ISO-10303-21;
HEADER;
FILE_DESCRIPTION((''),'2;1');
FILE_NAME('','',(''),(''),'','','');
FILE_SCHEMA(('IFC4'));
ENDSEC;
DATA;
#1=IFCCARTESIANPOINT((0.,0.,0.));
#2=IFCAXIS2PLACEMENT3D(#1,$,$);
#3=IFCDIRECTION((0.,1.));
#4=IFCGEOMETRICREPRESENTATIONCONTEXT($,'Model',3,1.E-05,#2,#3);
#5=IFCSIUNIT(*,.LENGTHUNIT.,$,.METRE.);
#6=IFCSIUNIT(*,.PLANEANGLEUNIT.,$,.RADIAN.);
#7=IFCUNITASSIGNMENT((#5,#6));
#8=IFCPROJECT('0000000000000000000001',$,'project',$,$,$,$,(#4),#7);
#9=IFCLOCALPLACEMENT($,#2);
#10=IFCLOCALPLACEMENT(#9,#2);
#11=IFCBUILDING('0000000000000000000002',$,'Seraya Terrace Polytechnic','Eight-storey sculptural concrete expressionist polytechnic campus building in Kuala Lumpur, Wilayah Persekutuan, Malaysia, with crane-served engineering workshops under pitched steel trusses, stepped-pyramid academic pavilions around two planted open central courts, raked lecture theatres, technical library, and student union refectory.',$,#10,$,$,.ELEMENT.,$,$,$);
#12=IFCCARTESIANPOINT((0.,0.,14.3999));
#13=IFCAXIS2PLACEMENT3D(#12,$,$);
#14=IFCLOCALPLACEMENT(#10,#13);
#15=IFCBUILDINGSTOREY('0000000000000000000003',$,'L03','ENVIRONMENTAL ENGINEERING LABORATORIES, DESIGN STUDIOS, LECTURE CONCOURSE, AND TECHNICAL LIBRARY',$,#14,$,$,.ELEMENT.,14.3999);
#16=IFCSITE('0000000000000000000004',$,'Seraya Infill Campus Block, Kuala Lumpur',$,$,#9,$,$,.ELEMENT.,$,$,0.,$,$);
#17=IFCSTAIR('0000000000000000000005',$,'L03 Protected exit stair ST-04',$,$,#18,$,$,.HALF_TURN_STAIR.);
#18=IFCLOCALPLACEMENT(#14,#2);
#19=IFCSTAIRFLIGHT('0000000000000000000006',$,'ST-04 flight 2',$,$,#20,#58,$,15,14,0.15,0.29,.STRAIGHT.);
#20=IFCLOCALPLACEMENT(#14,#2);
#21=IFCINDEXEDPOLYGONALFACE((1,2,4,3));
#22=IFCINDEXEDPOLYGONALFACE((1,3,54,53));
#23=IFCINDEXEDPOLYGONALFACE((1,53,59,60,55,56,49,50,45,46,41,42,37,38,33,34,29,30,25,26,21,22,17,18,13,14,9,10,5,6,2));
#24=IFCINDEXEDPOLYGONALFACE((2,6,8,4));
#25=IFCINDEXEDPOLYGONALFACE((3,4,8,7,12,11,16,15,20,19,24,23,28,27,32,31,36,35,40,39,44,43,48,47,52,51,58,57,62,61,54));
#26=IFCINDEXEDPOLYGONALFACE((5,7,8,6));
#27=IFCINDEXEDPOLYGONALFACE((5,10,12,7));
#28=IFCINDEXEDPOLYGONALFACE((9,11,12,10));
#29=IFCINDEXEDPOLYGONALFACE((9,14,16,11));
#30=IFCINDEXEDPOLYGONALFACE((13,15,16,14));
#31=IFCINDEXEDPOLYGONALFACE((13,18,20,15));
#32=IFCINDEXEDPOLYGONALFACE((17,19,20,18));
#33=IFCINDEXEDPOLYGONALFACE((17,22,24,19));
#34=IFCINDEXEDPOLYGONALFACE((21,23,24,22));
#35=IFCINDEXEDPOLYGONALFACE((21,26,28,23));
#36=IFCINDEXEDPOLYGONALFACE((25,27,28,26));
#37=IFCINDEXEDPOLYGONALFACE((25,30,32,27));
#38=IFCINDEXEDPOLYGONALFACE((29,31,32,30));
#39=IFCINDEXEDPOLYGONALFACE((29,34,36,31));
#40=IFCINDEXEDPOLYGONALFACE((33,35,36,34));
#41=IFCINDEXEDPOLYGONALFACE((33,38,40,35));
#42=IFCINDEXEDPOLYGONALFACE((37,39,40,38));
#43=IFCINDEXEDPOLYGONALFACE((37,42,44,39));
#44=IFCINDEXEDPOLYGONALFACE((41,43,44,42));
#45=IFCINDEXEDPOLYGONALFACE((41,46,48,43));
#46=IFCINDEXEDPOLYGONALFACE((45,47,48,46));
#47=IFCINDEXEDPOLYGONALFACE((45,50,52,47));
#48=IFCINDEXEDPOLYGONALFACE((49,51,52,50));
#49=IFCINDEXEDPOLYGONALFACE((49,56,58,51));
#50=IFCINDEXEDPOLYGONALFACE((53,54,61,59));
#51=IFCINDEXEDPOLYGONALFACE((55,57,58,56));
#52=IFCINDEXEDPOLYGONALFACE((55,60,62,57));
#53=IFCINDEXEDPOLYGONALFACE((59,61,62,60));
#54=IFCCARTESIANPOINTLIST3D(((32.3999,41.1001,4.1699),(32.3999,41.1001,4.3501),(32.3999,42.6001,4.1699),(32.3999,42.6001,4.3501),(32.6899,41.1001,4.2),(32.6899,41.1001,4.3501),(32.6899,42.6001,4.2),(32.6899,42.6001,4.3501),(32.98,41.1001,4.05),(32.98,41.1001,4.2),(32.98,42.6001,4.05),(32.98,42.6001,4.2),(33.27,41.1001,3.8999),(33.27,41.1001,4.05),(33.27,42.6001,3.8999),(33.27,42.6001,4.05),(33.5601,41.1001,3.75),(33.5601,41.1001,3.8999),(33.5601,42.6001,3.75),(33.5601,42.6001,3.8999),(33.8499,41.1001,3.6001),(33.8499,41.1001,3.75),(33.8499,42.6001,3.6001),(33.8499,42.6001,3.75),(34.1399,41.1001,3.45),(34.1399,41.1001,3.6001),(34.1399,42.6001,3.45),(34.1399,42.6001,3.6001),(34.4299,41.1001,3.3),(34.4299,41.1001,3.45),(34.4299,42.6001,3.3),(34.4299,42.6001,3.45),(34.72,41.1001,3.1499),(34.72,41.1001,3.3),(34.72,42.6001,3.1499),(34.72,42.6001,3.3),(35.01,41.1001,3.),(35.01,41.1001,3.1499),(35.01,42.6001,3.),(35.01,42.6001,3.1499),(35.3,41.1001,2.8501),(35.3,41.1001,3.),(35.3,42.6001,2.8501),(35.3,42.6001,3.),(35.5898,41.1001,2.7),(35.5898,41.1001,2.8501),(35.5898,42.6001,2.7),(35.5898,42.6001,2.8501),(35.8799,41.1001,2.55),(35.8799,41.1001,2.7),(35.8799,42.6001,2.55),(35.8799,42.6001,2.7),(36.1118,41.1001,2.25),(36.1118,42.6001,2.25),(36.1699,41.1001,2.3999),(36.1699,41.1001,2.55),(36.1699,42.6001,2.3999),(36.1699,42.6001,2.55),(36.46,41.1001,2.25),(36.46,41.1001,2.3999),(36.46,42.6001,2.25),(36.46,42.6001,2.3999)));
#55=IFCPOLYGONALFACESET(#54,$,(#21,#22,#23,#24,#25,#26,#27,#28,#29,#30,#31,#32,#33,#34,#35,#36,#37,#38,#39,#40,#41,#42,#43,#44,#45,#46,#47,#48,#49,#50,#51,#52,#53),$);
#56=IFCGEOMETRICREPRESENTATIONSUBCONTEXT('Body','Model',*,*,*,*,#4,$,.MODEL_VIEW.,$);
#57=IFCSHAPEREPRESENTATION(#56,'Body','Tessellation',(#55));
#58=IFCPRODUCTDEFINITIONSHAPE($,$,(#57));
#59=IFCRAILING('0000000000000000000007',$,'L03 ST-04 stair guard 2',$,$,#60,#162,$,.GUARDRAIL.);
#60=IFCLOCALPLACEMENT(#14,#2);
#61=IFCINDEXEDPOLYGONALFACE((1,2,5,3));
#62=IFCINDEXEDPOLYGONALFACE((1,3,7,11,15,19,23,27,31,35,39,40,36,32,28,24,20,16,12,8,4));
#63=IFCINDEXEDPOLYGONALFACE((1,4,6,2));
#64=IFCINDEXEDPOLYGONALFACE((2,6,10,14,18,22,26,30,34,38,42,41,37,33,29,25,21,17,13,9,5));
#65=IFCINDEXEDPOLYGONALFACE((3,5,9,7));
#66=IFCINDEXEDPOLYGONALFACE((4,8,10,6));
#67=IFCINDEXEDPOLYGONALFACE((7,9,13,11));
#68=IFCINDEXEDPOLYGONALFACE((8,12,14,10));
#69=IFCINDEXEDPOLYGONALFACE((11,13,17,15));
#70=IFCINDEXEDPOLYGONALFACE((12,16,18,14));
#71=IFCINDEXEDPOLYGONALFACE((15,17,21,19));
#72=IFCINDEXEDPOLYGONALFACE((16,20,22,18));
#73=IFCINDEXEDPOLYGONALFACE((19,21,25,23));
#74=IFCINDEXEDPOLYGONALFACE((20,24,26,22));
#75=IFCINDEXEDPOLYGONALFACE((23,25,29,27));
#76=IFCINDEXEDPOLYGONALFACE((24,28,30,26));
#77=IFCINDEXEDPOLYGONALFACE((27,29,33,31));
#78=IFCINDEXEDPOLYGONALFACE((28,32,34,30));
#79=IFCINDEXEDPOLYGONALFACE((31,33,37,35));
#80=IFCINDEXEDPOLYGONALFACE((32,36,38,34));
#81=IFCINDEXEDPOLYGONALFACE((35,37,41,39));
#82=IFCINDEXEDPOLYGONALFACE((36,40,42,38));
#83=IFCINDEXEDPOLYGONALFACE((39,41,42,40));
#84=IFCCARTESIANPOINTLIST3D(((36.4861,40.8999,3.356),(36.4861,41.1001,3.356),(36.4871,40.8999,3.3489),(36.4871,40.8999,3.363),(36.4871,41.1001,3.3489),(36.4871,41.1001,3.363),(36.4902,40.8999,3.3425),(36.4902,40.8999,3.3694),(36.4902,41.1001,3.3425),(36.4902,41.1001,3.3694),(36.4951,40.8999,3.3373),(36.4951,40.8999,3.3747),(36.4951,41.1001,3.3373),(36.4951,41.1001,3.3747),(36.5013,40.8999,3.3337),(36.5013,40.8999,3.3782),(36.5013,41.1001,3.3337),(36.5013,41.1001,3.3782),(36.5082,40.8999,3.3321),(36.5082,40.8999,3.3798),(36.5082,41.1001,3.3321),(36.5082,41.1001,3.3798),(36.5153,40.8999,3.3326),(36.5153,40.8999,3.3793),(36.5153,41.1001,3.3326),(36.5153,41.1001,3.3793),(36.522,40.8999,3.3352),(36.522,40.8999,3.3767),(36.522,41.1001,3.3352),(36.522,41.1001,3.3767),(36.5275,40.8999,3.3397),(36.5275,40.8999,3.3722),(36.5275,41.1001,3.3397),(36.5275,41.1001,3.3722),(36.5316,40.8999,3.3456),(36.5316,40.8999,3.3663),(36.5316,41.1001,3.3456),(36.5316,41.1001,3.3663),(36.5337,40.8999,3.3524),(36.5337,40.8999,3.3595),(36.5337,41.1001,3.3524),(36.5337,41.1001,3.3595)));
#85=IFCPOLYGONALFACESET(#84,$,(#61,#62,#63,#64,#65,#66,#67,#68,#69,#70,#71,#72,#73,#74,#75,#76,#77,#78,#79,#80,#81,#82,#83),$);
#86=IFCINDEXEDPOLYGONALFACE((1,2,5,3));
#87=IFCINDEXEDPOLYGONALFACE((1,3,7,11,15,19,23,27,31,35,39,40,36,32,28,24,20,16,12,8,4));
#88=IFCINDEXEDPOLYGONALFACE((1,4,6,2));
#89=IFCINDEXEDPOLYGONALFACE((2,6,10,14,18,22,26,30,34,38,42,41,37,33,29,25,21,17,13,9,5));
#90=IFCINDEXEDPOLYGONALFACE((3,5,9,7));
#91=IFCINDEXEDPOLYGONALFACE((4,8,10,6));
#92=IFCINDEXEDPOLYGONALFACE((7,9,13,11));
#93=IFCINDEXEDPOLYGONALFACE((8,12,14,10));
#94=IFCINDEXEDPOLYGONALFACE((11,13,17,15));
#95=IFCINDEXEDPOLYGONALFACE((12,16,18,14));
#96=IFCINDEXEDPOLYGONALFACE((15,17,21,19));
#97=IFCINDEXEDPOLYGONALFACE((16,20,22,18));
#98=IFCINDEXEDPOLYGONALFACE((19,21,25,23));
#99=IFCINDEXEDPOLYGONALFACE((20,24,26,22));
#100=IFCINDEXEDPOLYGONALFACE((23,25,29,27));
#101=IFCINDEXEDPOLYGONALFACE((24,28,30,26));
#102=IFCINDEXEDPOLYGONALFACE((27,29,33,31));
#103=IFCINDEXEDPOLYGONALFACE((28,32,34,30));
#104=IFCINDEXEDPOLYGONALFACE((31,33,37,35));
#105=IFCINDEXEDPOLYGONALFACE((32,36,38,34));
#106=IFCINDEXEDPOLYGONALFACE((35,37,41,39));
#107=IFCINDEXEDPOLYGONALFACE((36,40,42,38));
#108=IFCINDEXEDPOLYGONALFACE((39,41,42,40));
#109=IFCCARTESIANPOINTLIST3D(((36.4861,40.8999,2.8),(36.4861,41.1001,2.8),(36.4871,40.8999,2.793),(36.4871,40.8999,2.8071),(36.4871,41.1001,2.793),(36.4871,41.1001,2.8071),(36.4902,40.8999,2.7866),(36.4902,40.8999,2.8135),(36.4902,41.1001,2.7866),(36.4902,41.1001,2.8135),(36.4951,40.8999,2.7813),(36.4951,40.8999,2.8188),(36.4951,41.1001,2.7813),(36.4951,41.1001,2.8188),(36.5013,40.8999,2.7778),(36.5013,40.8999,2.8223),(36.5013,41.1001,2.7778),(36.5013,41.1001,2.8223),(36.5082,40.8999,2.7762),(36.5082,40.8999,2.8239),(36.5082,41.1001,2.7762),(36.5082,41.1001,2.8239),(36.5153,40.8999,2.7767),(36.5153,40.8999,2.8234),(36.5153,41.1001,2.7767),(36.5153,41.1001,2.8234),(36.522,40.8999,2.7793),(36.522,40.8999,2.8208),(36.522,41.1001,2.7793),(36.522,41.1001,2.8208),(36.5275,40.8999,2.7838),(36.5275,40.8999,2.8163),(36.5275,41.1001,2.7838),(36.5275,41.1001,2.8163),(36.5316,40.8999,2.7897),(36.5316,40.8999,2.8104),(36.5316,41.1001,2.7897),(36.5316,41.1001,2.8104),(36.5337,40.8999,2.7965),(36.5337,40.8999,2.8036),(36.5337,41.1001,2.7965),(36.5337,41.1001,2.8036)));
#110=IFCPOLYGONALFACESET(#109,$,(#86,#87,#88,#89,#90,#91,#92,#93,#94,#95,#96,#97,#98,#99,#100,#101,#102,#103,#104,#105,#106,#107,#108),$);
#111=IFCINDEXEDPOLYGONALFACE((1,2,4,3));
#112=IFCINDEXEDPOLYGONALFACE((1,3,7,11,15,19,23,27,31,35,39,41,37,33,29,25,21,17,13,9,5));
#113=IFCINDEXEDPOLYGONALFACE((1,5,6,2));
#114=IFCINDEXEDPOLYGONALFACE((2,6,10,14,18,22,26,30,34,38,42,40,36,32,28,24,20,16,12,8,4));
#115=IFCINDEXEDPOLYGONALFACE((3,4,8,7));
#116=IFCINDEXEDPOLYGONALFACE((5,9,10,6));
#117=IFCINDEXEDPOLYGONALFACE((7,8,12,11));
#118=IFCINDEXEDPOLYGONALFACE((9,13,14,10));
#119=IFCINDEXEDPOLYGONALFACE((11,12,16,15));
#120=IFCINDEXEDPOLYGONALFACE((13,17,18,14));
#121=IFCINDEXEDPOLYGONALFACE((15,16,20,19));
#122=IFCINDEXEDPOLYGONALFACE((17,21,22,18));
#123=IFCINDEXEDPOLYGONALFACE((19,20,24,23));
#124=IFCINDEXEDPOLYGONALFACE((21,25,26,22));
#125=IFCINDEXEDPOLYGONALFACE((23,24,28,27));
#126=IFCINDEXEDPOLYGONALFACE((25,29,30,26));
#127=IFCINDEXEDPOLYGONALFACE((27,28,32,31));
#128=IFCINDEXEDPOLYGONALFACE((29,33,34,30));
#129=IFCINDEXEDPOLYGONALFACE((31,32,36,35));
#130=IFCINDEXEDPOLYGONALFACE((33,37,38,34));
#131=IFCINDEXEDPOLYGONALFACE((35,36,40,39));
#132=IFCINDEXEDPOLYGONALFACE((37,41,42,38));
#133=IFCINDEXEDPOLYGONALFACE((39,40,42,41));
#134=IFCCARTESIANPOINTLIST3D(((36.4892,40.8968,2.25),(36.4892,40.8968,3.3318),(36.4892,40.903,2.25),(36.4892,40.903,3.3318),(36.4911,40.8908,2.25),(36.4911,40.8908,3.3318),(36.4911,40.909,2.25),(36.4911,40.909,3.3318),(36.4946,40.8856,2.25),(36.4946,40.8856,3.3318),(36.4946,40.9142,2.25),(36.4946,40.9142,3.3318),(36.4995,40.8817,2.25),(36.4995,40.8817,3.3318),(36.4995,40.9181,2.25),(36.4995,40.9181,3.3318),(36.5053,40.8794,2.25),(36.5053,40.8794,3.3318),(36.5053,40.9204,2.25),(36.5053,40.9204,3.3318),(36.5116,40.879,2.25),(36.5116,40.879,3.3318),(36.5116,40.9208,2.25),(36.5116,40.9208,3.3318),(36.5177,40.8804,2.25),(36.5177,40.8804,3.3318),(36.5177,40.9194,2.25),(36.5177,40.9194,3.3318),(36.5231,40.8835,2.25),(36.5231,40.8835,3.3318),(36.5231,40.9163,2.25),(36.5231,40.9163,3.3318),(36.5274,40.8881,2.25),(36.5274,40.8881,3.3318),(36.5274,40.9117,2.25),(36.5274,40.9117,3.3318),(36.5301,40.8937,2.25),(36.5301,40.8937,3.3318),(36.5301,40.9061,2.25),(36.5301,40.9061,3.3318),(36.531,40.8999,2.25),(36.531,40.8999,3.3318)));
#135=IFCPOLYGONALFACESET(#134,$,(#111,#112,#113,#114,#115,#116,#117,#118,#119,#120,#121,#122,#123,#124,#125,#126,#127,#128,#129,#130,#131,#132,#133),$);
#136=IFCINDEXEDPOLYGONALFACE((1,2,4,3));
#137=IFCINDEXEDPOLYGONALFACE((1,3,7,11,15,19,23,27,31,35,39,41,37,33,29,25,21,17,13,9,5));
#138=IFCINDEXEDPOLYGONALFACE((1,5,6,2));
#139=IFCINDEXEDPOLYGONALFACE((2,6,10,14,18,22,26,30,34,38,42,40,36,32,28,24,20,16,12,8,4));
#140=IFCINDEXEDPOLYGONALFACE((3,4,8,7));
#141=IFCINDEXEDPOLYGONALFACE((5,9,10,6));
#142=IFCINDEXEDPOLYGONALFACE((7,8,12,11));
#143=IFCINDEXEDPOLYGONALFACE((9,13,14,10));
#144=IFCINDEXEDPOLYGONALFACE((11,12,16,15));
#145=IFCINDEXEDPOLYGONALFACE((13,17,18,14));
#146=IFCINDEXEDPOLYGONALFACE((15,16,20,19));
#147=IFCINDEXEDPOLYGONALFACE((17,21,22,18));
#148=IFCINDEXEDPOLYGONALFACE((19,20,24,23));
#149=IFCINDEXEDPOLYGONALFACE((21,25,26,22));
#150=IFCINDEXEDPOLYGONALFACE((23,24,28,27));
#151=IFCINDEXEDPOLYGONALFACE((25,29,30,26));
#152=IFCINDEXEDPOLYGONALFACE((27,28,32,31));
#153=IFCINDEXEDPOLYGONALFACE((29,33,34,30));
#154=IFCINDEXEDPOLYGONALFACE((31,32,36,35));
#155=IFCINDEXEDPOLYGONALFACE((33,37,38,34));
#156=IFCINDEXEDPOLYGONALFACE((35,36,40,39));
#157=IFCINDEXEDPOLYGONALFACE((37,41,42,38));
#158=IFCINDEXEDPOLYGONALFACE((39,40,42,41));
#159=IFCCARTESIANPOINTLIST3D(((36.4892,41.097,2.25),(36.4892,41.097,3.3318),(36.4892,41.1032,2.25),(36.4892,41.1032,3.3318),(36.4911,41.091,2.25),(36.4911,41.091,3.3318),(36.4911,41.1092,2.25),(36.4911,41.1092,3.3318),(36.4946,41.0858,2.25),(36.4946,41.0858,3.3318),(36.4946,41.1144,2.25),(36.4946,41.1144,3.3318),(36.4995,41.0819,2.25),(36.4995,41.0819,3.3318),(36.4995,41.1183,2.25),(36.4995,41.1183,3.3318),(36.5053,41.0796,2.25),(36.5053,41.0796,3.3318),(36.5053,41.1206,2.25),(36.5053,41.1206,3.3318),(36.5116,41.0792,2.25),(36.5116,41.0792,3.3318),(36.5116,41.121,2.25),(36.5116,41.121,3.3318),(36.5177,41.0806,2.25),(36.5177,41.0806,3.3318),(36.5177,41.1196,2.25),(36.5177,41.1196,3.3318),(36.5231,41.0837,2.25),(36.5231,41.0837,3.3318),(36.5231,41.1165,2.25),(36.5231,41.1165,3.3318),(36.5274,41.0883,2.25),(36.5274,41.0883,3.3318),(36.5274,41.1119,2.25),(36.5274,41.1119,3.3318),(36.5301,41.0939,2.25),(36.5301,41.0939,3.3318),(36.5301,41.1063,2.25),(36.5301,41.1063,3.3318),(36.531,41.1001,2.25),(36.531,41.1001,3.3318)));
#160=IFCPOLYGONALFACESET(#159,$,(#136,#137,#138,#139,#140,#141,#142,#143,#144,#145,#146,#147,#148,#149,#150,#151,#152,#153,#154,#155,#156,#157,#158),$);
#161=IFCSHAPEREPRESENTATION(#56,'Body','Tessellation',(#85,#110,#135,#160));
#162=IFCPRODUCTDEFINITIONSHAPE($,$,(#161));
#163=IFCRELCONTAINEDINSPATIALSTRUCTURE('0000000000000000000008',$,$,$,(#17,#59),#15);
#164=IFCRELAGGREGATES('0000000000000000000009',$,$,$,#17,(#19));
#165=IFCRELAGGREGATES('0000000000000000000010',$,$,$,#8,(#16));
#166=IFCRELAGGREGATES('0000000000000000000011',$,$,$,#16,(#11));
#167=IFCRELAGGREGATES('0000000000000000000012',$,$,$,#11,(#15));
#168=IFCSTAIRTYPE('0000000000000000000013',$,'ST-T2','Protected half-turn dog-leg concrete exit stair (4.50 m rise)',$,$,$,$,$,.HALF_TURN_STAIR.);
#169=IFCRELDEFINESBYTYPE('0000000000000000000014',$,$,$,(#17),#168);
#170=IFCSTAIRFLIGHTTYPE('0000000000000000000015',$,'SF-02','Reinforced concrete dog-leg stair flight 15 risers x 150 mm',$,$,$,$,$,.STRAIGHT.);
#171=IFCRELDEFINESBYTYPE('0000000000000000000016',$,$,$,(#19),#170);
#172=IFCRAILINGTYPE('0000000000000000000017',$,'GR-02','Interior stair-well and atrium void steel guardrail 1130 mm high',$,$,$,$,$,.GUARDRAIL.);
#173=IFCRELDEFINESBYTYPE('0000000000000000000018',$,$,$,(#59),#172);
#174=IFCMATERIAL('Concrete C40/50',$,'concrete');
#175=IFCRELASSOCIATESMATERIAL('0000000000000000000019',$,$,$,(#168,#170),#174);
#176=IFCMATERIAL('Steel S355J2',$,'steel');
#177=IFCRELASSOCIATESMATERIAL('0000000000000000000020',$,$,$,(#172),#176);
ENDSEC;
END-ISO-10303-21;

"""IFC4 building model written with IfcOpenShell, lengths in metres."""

from ifc_helpers import new_model, si_unit, direction, frame, origin, origin_2d, place, context, subcontext, project, spatial, polyline, circle, outline, extrude, material, type_object, element, aggregate, save


model = new_model("IFC4")

# Units and contexts
model_context = context("Model", 3, precision=1e-05, world=origin(), true_north=direction((0.0, 1.0)))
body_context = subcontext(model_context, "Body", "Model", "MODEL_VIEW")
ifc_project = project(units=[si_unit("LENGTHUNIT", "METRE"), si_unit("PLANEANGLEUNIT", "RADIAN")], contexts=[model_context])

# Site, building, storey
site_placement = place(None, origin())
site = spatial("IfcSite", under=ifc_project, at=site_placement, Name="Seraya Infill Campus Block, Kuala Lumpur", CompositionType="ELEMENT", RefElevation=0.0)
building_placement = place(site_placement, origin())
building = spatial("IfcBuilding", under=site, at=building_placement, Name="Seraya Terrace Polytechnic", Description="Eight-storey sculptural concrete expressionist polytechnic campus building in Kuala Lumpur, Wilayah Persekutuan, Malaysia, with crane-served engineering workshops under pitched steel trusses, stepped-pyramid academic pavilions around two planted open central courts, raked lecture theatres, technical library, and student union refectory.", CompositionType="ELEMENT")
storey_placement = place(building_placement, frame((0.0, 0.0, 14.3999)))
storey = spatial("IfcBuildingStorey", under=building, at=storey_placement, Name="L03", Description="ENVIRONMENTAL ENGINEERING LABORATORIES, DESIGN STUDIOS, LECTURE CONCOURSE, AND TECHNICAL LIBRARY", CompositionType="ELEMENT", Elevation=14.3999)

# Shared definitions
ifc_material_1 = material(Name="Concrete C40/50", Category="concrete")

# Shared definitions
ifc_material_2 = material(Name="Steel S355J2", Category="steel")

# Stair, stair flight
stair_type = type_object("IfcStairType", Name="ST-T2", Description="Protected half-turn dog-leg concrete exit stair (4.50 m rise)", PredefinedType="HALF_TURN_STAIR", material=ifc_material_1)
stair_placement = place(storey_placement, origin())
stair = element("IfcStair", 1, at=stair_placement, inside=storey, type_object=stair_type, Name="L03 Protected exit stair ST-04", PredefinedType="HALF_TURN_STAIR")
stair_flight_type = type_object("IfcStairFlightType", Name="SF-02", Description="Reinforced concrete dog-leg stair flight 15 risers x 150 mm", PredefinedType="STRAIGHT", material=ifc_material_1)
stair_flight_placement = place(storey_placement, frame((36.46, 41.8501, 2.25), z_axis=(0.0, 0.0, 1.0), x_axis=(-1.0, 0.0, 0.0)))
stair_flight = element("IfcStairFlight", 2, at=stair_flight_placement, type_object=stair_flight_type, Name="ST-04 flight 2", NumberOfRisers=15, NumberOfTreads=14, PredefinedType="STRAIGHT", RiserHeight=0.15, TreadLength=0.29, context=body_context, shape_type="SweptSolid", body=[
    extrude(outline(polyline([(0.0, 0.0), (0.0, 0.1499), (0.29, 0.1499), (0.29, 0.3), (0.5801, 0.3), (0.5801, 0.45), (0.8701, 0.45), (0.8701, 0.6001), (1.1599, 0.6001), (1.1599, 0.75), (1.45, 0.75), (1.45, 0.8999), (1.74, 0.8999), (1.74, 1.05), (2.03, 1.05), (2.03, 1.2), (2.3201, 1.2), (2.3201, 1.3501), (2.6101, 1.3501), (2.6101, 1.5), (2.8999, 1.5), (2.8999, 1.6499), (3.1899, 1.6499), (3.1899, 1.8), (3.48, 1.8), (3.48, 1.95), (3.77, 1.95), (3.77, 2.1001), (4.0601, 2.1001), (4.0601, 2.25), (4.0601, 1.9199), (0.3481, 0.0), (0.0, 0.0)])), frame((0.0, 0.75, 0.0), z_axis=(0.0, -1.0, 0.0), x_axis=(1.0, 0.0, 0.0)), (0.0, 0.0, 1.0), 1.5),
])
aggregate(stair, [stair_flight])

# Railing
railing_type = type_object("IfcRailingType", Name="GR-02", Description="Interior stair-well and atrium void steel guardrail 1130 mm high", PredefinedType="GUARDRAIL", material=ifc_material_2)
railing_1_placement = place(storey_placement, frame((36.51, 40.8999, 2.25)))
element("IfcRailing", 3, at=railing_1_placement, inside=storey, type_object=railing_type, Name="L03 ST-04 stair guard 2", PredefinedType="GUARDRAIL", context=body_context, shape_type="SweptSolid", body=[
    extrude(circle(Radius=0.0239, at=origin_2d()), frame((0.0, 0.0, 1.106), z_axis=(0.0, 1.0, 0.0), x_axis=(-1.0, 0.0, 0.0)), (0.0, 0.0, 1.0), 0.2002),
    extrude(circle(Radius=0.0239, at=origin_2d()), frame((0.0, 0.0, 0.55), z_axis=(0.0, 1.0, 0.0), x_axis=(-1.0, 0.0, 0.0)), (0.0, 0.0, 1.0), 0.2002),
    extrude(circle(Radius=0.021, at=origin_2d()), origin(), (0.0, 0.0, 1.0), 1.0818),
    extrude(circle(Radius=0.021, at=origin_2d()), frame((0.0, 0.2002, 0.0)), (0.0, 0.0, 1.0), 1.0818),
])

save(model, "model.ifc")
